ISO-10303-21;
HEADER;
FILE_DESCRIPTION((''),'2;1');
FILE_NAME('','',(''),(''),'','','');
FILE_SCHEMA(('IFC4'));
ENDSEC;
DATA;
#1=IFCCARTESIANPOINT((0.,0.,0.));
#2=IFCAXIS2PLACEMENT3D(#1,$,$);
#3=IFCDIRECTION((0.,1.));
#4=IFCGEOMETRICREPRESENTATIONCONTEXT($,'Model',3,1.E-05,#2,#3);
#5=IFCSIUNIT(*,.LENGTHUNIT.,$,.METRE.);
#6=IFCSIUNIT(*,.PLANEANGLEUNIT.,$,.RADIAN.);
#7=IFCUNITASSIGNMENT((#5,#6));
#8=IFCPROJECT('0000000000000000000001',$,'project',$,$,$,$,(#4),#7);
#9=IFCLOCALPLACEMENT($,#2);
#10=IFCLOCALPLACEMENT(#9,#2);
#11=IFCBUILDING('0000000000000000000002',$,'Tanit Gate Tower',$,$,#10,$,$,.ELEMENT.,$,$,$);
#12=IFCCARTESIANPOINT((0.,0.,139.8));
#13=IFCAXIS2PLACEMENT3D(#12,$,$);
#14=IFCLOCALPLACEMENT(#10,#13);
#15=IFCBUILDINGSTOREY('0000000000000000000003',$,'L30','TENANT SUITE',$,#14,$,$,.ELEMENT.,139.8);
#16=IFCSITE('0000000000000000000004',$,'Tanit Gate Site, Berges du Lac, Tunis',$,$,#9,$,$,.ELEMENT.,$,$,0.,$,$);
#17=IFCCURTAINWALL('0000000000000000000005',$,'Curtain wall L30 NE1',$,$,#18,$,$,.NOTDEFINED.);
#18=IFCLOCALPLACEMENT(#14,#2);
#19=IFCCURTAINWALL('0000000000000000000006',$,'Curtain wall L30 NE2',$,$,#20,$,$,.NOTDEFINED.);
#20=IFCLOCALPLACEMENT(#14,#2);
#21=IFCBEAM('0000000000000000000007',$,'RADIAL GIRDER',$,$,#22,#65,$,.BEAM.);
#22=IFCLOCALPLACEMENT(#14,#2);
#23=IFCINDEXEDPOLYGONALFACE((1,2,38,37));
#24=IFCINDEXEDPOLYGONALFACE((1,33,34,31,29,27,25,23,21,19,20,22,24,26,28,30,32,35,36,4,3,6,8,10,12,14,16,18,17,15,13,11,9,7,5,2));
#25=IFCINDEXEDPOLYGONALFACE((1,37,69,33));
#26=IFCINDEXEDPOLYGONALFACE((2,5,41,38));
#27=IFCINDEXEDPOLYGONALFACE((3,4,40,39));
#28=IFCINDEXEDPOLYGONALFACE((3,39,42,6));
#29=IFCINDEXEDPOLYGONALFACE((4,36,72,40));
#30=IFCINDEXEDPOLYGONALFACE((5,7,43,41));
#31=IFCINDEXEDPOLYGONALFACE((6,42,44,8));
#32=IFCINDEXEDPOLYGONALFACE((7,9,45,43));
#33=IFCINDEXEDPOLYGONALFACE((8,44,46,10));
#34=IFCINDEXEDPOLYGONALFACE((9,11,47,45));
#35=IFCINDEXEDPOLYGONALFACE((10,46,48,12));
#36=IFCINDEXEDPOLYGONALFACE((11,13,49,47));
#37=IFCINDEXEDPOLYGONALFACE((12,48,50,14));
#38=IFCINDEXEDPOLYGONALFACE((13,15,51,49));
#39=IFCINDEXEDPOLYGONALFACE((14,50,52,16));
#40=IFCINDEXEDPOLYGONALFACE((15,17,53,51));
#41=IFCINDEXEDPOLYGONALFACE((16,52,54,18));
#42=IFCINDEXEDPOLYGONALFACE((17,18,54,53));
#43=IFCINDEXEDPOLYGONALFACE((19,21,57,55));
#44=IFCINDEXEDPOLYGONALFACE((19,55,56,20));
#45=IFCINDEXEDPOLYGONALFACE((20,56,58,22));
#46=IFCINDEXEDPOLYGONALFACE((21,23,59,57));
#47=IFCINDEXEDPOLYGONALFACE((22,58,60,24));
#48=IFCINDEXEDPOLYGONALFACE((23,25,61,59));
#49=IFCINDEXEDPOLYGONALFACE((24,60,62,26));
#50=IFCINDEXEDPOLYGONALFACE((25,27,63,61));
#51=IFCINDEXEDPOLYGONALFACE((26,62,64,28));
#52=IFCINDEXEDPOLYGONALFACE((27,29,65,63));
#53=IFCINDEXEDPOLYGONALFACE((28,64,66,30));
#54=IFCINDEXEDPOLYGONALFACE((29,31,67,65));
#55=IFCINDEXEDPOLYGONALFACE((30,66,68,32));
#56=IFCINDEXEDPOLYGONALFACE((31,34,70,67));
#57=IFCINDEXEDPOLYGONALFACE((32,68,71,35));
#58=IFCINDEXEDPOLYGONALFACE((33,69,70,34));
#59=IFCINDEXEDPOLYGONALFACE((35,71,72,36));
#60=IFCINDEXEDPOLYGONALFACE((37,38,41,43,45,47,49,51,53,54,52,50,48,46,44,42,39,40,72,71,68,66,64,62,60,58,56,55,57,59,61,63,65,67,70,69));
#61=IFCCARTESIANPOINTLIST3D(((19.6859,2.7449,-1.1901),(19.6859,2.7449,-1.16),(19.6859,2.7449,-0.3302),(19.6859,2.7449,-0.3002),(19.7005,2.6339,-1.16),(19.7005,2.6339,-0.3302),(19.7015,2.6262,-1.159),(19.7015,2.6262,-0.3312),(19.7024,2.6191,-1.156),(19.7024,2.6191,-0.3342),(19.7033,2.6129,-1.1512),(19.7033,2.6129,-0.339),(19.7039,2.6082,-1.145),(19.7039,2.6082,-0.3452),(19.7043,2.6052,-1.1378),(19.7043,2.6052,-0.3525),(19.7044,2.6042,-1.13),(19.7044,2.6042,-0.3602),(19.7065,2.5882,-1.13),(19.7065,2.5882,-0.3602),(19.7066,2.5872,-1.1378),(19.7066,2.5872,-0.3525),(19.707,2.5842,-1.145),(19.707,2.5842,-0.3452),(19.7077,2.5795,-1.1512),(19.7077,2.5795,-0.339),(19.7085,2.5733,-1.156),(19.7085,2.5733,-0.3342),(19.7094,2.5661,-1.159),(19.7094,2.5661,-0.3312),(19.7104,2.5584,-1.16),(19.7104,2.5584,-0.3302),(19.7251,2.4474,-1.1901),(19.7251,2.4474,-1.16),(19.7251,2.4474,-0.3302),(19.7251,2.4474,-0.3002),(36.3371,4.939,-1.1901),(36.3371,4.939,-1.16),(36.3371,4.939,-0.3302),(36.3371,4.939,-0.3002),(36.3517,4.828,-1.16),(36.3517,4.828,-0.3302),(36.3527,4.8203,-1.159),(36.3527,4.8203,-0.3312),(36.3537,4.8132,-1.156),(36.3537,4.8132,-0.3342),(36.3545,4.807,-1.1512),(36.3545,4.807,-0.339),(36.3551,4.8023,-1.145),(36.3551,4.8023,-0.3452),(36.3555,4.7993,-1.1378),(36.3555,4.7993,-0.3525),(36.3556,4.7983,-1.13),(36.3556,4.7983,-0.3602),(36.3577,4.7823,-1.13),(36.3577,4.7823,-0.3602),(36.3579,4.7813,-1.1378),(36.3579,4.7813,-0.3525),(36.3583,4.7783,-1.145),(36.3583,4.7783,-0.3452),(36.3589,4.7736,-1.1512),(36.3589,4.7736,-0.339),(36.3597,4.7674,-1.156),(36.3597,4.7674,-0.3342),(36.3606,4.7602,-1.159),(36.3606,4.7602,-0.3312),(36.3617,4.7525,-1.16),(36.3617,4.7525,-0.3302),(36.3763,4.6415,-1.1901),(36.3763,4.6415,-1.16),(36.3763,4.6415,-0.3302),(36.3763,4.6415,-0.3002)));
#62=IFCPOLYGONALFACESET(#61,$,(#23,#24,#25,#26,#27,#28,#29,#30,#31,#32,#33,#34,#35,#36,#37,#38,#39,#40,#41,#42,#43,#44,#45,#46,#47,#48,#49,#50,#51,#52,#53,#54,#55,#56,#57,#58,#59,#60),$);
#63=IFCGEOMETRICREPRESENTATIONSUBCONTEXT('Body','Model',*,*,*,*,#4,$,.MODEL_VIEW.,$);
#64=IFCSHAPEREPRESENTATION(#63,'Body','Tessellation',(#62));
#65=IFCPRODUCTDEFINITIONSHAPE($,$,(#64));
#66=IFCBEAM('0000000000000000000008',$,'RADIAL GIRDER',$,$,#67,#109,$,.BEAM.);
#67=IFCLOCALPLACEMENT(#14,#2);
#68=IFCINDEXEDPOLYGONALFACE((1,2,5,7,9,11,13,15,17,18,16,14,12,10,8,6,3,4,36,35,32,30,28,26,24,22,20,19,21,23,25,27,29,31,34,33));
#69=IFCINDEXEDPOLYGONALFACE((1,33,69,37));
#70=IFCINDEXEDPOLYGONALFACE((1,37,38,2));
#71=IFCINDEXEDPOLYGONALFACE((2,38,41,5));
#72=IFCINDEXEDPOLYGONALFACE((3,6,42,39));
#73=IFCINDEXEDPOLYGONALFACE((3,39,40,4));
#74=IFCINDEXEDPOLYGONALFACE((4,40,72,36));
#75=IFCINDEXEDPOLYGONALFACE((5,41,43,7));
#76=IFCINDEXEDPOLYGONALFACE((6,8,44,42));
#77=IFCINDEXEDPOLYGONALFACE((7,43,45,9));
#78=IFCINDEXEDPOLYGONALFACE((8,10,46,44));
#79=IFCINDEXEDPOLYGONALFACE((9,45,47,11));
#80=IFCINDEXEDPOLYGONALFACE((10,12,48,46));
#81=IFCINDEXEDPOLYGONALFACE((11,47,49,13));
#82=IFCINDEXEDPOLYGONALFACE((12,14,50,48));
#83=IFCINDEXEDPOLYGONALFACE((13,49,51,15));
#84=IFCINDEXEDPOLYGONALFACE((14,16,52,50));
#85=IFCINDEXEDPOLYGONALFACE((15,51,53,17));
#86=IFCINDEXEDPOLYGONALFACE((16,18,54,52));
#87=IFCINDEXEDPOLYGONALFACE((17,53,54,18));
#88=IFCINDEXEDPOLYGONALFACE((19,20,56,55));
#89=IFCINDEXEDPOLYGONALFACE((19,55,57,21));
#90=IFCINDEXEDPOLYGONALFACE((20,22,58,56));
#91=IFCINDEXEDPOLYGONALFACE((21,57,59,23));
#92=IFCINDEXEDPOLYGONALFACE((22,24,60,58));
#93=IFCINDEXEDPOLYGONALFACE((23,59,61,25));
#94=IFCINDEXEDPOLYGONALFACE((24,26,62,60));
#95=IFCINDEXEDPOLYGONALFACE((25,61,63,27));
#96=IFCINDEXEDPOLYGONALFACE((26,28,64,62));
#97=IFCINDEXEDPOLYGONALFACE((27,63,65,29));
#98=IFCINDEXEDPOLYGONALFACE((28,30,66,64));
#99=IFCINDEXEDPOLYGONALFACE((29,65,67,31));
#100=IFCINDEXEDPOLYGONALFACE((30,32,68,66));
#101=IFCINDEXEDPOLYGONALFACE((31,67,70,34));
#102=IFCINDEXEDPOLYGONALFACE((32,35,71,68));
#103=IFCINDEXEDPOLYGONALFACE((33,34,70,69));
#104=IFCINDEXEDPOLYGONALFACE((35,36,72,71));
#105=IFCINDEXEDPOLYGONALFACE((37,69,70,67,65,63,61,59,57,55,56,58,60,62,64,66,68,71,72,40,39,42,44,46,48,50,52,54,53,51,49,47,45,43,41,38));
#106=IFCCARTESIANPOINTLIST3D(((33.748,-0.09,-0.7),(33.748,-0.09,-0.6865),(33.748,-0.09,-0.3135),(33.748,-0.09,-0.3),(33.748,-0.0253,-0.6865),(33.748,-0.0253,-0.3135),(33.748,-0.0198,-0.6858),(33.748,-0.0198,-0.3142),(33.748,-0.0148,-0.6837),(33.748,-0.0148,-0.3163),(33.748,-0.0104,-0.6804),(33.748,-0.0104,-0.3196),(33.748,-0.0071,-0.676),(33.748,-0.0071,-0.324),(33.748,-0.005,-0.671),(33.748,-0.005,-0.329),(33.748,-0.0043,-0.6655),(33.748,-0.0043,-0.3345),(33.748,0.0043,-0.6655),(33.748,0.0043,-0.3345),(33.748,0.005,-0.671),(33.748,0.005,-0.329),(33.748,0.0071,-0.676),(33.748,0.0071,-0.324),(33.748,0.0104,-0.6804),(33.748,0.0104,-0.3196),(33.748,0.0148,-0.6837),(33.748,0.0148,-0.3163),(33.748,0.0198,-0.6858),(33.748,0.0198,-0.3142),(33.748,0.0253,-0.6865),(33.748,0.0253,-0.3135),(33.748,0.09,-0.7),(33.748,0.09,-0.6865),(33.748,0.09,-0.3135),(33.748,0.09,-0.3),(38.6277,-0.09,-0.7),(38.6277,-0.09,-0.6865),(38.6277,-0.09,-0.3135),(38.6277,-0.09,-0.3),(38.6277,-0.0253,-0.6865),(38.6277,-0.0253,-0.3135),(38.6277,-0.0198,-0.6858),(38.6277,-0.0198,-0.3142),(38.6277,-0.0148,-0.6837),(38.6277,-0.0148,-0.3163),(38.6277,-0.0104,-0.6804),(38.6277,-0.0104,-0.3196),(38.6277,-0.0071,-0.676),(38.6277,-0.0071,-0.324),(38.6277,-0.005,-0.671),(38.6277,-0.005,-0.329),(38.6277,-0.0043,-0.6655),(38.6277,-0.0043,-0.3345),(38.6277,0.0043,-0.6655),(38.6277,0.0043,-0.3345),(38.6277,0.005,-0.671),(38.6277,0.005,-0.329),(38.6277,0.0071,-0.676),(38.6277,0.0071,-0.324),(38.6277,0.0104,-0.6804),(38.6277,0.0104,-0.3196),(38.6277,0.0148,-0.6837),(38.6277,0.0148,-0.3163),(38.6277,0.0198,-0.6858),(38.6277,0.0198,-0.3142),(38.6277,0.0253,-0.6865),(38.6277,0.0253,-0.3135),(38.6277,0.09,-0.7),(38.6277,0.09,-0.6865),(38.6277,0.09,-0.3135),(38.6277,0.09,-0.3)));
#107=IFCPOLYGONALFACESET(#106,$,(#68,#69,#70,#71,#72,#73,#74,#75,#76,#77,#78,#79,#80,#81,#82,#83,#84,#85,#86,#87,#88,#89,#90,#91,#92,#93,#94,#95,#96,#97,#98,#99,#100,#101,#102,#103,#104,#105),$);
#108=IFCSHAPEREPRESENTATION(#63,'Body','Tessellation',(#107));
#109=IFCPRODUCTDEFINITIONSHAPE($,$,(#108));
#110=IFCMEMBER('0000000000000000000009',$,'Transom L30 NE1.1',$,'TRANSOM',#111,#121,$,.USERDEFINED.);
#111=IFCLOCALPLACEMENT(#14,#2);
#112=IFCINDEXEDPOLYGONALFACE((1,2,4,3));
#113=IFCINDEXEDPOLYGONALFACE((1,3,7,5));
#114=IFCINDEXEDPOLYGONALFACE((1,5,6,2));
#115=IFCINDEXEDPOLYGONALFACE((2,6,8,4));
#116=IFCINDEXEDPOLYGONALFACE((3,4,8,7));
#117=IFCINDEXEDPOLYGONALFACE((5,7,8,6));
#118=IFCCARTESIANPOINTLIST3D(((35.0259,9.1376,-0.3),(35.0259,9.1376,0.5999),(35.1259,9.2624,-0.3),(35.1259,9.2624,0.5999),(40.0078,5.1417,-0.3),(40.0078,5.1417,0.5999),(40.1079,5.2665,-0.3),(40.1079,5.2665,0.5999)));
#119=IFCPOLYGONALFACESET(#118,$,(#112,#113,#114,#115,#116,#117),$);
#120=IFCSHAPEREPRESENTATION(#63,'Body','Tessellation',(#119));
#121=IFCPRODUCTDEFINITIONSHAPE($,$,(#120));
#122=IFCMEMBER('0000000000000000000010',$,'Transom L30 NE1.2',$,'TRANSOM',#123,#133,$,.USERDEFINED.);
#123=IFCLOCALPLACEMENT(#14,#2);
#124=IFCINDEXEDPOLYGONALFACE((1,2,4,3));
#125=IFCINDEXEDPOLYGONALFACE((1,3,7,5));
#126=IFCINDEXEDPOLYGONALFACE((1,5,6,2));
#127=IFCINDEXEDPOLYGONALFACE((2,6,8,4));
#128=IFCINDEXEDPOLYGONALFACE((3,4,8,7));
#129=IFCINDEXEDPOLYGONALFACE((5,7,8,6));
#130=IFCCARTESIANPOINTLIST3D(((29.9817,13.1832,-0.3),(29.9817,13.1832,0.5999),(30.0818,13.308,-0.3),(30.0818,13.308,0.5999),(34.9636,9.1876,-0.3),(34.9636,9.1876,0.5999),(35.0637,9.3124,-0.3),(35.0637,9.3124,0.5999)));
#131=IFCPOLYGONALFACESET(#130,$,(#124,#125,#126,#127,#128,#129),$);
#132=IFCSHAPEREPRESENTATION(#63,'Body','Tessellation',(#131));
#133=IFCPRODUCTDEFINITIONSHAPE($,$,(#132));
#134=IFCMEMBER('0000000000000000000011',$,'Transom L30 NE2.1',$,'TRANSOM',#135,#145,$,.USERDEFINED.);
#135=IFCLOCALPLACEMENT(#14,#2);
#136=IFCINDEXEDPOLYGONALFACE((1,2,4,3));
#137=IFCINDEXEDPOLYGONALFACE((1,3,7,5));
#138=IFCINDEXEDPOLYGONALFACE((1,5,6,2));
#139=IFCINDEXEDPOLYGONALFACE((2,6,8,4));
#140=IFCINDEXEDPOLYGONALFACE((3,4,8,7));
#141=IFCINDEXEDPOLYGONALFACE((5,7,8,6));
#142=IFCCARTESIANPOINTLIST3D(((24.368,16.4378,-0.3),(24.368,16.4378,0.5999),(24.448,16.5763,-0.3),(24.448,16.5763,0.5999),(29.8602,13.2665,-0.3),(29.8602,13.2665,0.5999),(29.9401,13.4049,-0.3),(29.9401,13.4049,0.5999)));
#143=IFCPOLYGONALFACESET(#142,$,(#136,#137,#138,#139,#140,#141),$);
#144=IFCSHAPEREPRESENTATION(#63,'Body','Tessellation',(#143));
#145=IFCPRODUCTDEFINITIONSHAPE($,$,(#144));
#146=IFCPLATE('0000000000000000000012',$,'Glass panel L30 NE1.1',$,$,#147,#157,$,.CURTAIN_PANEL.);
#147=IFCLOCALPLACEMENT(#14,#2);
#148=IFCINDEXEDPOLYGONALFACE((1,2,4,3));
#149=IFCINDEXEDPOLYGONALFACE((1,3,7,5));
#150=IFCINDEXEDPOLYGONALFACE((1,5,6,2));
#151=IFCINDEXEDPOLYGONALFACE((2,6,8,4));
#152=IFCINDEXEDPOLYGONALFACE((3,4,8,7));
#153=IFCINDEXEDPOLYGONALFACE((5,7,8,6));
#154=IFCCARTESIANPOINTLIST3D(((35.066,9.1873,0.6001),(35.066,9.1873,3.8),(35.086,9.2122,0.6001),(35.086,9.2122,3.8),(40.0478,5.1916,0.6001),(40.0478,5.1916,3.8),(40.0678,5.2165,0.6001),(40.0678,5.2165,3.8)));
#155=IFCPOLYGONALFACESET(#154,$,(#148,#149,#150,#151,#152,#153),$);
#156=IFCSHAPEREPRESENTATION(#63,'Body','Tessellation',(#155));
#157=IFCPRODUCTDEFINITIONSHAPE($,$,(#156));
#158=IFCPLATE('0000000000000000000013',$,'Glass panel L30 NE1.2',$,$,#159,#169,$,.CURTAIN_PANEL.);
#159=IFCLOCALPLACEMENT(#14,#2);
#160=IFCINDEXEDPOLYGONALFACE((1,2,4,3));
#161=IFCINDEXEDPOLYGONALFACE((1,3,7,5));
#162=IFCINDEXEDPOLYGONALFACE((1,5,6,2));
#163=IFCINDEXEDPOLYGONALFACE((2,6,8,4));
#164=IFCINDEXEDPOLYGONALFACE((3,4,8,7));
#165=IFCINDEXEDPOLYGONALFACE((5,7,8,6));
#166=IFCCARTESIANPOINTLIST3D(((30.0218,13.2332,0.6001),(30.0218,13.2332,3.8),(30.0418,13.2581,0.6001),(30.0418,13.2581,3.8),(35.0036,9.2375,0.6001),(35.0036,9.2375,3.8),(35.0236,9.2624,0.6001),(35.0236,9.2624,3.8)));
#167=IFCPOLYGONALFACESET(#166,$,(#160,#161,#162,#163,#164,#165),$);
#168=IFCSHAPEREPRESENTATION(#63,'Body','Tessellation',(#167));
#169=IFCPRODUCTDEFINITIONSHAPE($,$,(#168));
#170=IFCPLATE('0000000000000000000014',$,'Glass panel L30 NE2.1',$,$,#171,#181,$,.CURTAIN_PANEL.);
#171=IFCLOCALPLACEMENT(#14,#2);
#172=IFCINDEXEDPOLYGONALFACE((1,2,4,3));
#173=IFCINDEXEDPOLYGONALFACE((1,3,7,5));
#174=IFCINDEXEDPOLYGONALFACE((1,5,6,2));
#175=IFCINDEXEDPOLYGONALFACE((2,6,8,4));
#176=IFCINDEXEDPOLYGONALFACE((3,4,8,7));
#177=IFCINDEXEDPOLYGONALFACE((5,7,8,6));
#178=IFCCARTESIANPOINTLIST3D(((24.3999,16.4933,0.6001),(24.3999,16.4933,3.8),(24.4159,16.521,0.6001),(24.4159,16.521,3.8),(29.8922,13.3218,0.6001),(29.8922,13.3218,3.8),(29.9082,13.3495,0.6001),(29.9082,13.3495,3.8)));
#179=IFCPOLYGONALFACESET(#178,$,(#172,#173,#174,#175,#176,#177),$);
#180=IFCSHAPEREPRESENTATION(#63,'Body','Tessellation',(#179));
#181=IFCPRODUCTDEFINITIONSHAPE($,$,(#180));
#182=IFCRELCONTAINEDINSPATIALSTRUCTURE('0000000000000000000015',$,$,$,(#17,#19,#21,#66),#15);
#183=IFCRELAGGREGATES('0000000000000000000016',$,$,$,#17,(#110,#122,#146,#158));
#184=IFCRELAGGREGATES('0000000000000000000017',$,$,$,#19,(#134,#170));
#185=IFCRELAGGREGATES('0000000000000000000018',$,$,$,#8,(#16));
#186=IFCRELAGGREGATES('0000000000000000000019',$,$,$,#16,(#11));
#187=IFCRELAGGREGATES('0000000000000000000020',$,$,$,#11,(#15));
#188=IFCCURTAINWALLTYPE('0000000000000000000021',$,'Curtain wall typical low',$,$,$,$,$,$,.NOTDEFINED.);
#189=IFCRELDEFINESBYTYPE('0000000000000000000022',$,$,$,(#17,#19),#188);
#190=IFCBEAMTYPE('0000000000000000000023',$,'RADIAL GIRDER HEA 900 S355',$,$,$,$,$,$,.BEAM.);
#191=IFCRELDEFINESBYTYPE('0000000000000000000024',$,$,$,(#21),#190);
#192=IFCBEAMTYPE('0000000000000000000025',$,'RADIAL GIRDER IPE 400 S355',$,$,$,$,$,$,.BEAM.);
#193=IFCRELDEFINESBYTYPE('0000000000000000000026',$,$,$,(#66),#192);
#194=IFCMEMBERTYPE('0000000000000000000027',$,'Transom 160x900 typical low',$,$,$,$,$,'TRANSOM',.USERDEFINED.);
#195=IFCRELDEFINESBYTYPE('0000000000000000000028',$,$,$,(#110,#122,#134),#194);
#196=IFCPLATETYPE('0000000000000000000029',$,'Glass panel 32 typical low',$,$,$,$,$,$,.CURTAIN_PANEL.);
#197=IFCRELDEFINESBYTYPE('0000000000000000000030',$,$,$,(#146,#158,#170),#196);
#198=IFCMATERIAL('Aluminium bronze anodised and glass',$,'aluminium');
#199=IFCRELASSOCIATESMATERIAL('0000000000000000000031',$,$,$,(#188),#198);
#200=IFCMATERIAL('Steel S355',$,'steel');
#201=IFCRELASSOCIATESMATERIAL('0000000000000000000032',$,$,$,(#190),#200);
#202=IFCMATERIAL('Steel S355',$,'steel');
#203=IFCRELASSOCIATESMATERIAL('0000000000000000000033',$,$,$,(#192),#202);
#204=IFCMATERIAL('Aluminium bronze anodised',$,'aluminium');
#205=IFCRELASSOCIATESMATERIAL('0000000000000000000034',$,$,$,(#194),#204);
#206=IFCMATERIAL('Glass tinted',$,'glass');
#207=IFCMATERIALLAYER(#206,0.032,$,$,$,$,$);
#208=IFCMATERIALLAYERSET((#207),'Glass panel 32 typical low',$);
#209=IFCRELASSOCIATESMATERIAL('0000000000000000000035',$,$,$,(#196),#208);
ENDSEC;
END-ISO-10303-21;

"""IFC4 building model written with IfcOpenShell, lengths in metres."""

from ifc_helpers import new_model, si_unit, direction, frame, origin, origin_2d, place, context, subcontext, project, spatial, rectangle, i_section, extrude, material, layer, layer_set, material_profile, profile_set, type_object, element, aggregate, save


model = new_model("IFC4")

# Units and contexts
model_context = context("Model", 3, precision=1e-05, world=origin(), true_north=direction((0.0, 1.0)))
body_context = subcontext(model_context, "Body", "Model", "MODEL_VIEW")
ifc_project = project(units=[si_unit("LENGTHUNIT", "METRE"), si_unit("PLANEANGLEUNIT", "RADIAN")], contexts=[model_context])

# Site, building, storey
site_placement = place(None, origin())
site = spatial("IfcSite", under=ifc_project, at=site_placement, Name="Tanit Gate Site, Berges du Lac, Tunis", CompositionType="ELEMENT", RefElevation=0.0)
building_placement = place(site_placement, origin())
building = spatial("IfcBuilding", under=site, at=building_placement, Name="Tanit Gate Tower", CompositionType="ELEMENT")
storey_placement = place(building_placement, frame((0.0, 0.0, 139.8)))
storey = spatial("IfcBuildingStorey", under=building, at=storey_placement, Name="L30", Description="TENANT SUITE", CompositionType="ELEMENT", Elevation=139.8)

# Curtain walls
ifc_material_1 = material(Name="Aluminium bronze anodised and glass", Category="aluminium")
curtain_wall_type = type_object("IfcCurtainWallType", Name="Curtain wall typical low", PredefinedType="NOTDEFINED", material=ifc_material_1)
curtain_wall_1_placement = place(storey_placement, origin())
curtain_wall_1 = element("IfcCurtainWall", 1, at=curtain_wall_1_placement, inside=storey, type_object=curtain_wall_type, Name="Curtain wall L30 NE1", PredefinedType="NOTDEFINED")
curtain_wall_2_placement = place(storey_placement, origin())
curtain_wall_2 = element("IfcCurtainWall", 2, at=curtain_wall_2_placement, inside=storey, type_object=curtain_wall_type, Name="Curtain wall L30 NE2", PredefinedType="NOTDEFINED")

# Beams
ifc_material_2 = material(Name="Steel S355", Category="steel")
ifc_material_profile_1 = material_profile(ifc_material_2, i_section(OverallWidth=0.3, OverallDepth=0.8899, WebThickness=0.0161, FlangeThickness=0.03, FilletRadius=0.03, at=origin_2d()), Name="HEA 900")
ifc_profile_set_1 = profile_set([ifc_material_profile_1], Name="Steel S355")
beam_type_1 = type_object("IfcBeamType", Name="RADIAL GIRDER HEA 900 S355", PredefinedType="BEAM", material=ifc_profile_set_1)
beam_1_placement = place(storey_placement, frame((36.3567, 4.7903, -0.7451), z_axis=(-0.99143, -0.130639, 0.0), x_axis=(0.130639, -0.99143, 0.0)))
element("IfcBeam", 3, at=beam_1_placement, inside=storey, type_object=beam_type_1, Name="RADIAL GIRDER", PredefinedType="BEAM", context=body_context, shape_type="SweptSolid", body=[
    extrude(i_section(OverallWidth=0.3, OverallDepth=0.8899, WebThickness=0.0161, FlangeThickness=0.03, FilletRadius=0.03, at=origin_2d()), origin(), (0.0, 0.0, 1.0), 16.7952),
])
ifc_material_3 = material(Name="Steel S355", Category="steel")
ifc_material_profile_2 = material_profile(ifc_material_3, i_section(OverallWidth=0.1799, OverallDepth=0.3999, WebThickness=0.0085, FlangeThickness=0.0134, FilletRadius=0.021, at=origin_2d()), Name="IPE 400")
ifc_profile_set_2 = profile_set([ifc_material_profile_2], Name="Steel S355")
beam_type_2 = type_object("IfcBeamType", Name="RADIAL GIRDER IPE 400 S355", PredefinedType="BEAM", material=ifc_profile_set_2)
beam_2_placement = place(storey_placement, frame((38.6277, 0.0, -0.5), z_axis=(-1.0, 0.0, 0.0), x_axis=(0.0, -1.0, 0.0)))
element("IfcBeam", 4, at=beam_2_placement, inside=storey, type_object=beam_type_2, Name="RADIAL GIRDER", PredefinedType="BEAM", context=body_context, shape_type="SweptSolid", body=[
    extrude(i_section(OverallWidth=0.1799, OverallDepth=0.3999, WebThickness=0.0085, FlangeThickness=0.0134, FilletRadius=0.021, at=origin_2d()), origin(), (0.0, 0.0, 1.0), 4.8796),
])

# Members
ifc_material_4 = material(Name="Aluminium bronze anodised", Category="aluminium")
ifc_material_profile_3 = material_profile(ifc_material_4, rectangle(XDim=0.1599, YDim=0.8999, at=origin_2d()), Name="160x900 bronze transom")
ifc_profile_set_3 = profile_set([ifc_material_profile_3], Name="Aluminium bronze anodised")
member_type_1 = type_object("IfcMemberType", Name="Transom 160x900 typical low", ElementType="TRANSOM", PredefinedType="USERDEFINED", material=ifc_profile_set_3)
member_1_placement = place(storey_placement, frame((40.0579, 5.2041, 0.1499), z_axis=(-0.780081, 0.625678, 0.0), x_axis=(-0.625678, -0.780081, 0.0)))
member_1 = element("IfcMember", 5, at=member_1_placement, type_object=member_type_1, Name="Transom L30 NE1.1", ObjectType="TRANSOM", PredefinedType="USERDEFINED", context=body_context, shape_type="SweptSolid", body=[
    extrude(rectangle(XDim=0.1599, YDim=0.8999, at=origin_2d()), origin(), (0.0, 0.0, 1.0), 6.3865),
])
member_2_placement = place(storey_placement, frame((35.0137, 9.25, 0.1499), z_axis=(-0.7801, 0.625655, 0.0), x_axis=(-0.625655, -0.7801, 0.0)))
member_2 = element("IfcMember", 6, at=member_2_placement, type_object=member_type_1, Name="Transom L30 NE1.2", ObjectType="TRANSOM", PredefinedType="USERDEFINED", context=body_context, shape_type="SweptSolid", body=[
    extrude(rectangle(XDim=0.1599, YDim=0.8999, at=origin_2d()), origin(), (0.0, 0.0, 1.0), 6.3862),
])
member_3_placement = place(storey_placement, frame((29.9001, 13.3357, 0.1499), z_axis=(-0.865993, 0.500056, 0.0), x_axis=(-0.500056, -0.865993, 0.0)))
member_3 = element("IfcMember", 7, at=member_3_placement, type_object=member_type_1, Name="Transom L30 NE2.1", ObjectType="TRANSOM", PredefinedType="USERDEFINED", context=body_context, shape_type="SweptSolid", body=[
    extrude(rectangle(XDim=0.1599, YDim=0.8999, at=origin_2d()), origin(), (0.0, 0.0, 1.0), 6.342),
])

# Plates
ifc_material_5 = material(Name="Glass tinted", Category="glass")
ifc_layer_1 = layer(ifc_material_5, 0.032)
ifc_layer_set_1 = layer_set([ifc_layer_1], Name="Glass panel 32 typical low")
plate_type = type_object("IfcPlateType", Name="Glass panel 32 typical low", PredefinedType="CURTAIN_PANEL", material=ifc_layer_set_1)
plate_1_placement = place(storey_placement, frame((37.5669, 7.2019, 0.6001), z_axis=(0.0, 0.0, 1.0), x_axis=(-0.780085, 0.625674, 0.0)))
plate_1 = element("IfcPlate", 8, at=plate_1_placement, type_object=plate_type, Name="Glass panel L30 NE1.1", PredefinedType="CURTAIN_PANEL", context=body_context, shape_type="SweptSolid", body=[
    extrude(rectangle(XDim=6.3862, YDim=0.032, at=origin_2d()), origin(), (0.0, 0.0, 1.0), 3.2),
])
plate_2_placement = place(storey_placement, frame((32.5227, 11.2478, 0.6001), z_axis=(0.0, 0.0, 1.0), x_axis=(-0.780085, 0.625674, 0.0)))
plate_2 = element("IfcPlate", 9, at=plate_2_placement, type_object=plate_type, Name="Glass panel L30 NE1.2", PredefinedType="CURTAIN_PANEL", context=body_context, shape_type="SweptSolid", body=[
    extrude(rectangle(XDim=6.3862, YDim=0.032, at=origin_2d()), origin(), (0.0, 0.0, 1.0), 3.2),
])
aggregate(curtain_wall_1, [member_1, member_2, plate_1, plate_2])
plate_3_placement = place(storey_placement, frame((27.1541, 14.9214, 0.6001), z_axis=(0.0, 0.0, 1.0), x_axis=(-0.865991, 0.50006, 0.0)))
plate_3 = element("IfcPlate", 10, at=plate_3_placement, type_object=plate_type, Name="Glass panel L30 NE2.1", PredefinedType="CURTAIN_PANEL", context=body_context, shape_type="SweptSolid", body=[
    extrude(rectangle(XDim=6.3423, YDim=0.032, at=origin_2d()), origin(), (0.0, 0.0, 1.0), 3.2),
])
aggregate(curtain_wall_2, [member_3, plate_3])

save(model, "model.ifc")
